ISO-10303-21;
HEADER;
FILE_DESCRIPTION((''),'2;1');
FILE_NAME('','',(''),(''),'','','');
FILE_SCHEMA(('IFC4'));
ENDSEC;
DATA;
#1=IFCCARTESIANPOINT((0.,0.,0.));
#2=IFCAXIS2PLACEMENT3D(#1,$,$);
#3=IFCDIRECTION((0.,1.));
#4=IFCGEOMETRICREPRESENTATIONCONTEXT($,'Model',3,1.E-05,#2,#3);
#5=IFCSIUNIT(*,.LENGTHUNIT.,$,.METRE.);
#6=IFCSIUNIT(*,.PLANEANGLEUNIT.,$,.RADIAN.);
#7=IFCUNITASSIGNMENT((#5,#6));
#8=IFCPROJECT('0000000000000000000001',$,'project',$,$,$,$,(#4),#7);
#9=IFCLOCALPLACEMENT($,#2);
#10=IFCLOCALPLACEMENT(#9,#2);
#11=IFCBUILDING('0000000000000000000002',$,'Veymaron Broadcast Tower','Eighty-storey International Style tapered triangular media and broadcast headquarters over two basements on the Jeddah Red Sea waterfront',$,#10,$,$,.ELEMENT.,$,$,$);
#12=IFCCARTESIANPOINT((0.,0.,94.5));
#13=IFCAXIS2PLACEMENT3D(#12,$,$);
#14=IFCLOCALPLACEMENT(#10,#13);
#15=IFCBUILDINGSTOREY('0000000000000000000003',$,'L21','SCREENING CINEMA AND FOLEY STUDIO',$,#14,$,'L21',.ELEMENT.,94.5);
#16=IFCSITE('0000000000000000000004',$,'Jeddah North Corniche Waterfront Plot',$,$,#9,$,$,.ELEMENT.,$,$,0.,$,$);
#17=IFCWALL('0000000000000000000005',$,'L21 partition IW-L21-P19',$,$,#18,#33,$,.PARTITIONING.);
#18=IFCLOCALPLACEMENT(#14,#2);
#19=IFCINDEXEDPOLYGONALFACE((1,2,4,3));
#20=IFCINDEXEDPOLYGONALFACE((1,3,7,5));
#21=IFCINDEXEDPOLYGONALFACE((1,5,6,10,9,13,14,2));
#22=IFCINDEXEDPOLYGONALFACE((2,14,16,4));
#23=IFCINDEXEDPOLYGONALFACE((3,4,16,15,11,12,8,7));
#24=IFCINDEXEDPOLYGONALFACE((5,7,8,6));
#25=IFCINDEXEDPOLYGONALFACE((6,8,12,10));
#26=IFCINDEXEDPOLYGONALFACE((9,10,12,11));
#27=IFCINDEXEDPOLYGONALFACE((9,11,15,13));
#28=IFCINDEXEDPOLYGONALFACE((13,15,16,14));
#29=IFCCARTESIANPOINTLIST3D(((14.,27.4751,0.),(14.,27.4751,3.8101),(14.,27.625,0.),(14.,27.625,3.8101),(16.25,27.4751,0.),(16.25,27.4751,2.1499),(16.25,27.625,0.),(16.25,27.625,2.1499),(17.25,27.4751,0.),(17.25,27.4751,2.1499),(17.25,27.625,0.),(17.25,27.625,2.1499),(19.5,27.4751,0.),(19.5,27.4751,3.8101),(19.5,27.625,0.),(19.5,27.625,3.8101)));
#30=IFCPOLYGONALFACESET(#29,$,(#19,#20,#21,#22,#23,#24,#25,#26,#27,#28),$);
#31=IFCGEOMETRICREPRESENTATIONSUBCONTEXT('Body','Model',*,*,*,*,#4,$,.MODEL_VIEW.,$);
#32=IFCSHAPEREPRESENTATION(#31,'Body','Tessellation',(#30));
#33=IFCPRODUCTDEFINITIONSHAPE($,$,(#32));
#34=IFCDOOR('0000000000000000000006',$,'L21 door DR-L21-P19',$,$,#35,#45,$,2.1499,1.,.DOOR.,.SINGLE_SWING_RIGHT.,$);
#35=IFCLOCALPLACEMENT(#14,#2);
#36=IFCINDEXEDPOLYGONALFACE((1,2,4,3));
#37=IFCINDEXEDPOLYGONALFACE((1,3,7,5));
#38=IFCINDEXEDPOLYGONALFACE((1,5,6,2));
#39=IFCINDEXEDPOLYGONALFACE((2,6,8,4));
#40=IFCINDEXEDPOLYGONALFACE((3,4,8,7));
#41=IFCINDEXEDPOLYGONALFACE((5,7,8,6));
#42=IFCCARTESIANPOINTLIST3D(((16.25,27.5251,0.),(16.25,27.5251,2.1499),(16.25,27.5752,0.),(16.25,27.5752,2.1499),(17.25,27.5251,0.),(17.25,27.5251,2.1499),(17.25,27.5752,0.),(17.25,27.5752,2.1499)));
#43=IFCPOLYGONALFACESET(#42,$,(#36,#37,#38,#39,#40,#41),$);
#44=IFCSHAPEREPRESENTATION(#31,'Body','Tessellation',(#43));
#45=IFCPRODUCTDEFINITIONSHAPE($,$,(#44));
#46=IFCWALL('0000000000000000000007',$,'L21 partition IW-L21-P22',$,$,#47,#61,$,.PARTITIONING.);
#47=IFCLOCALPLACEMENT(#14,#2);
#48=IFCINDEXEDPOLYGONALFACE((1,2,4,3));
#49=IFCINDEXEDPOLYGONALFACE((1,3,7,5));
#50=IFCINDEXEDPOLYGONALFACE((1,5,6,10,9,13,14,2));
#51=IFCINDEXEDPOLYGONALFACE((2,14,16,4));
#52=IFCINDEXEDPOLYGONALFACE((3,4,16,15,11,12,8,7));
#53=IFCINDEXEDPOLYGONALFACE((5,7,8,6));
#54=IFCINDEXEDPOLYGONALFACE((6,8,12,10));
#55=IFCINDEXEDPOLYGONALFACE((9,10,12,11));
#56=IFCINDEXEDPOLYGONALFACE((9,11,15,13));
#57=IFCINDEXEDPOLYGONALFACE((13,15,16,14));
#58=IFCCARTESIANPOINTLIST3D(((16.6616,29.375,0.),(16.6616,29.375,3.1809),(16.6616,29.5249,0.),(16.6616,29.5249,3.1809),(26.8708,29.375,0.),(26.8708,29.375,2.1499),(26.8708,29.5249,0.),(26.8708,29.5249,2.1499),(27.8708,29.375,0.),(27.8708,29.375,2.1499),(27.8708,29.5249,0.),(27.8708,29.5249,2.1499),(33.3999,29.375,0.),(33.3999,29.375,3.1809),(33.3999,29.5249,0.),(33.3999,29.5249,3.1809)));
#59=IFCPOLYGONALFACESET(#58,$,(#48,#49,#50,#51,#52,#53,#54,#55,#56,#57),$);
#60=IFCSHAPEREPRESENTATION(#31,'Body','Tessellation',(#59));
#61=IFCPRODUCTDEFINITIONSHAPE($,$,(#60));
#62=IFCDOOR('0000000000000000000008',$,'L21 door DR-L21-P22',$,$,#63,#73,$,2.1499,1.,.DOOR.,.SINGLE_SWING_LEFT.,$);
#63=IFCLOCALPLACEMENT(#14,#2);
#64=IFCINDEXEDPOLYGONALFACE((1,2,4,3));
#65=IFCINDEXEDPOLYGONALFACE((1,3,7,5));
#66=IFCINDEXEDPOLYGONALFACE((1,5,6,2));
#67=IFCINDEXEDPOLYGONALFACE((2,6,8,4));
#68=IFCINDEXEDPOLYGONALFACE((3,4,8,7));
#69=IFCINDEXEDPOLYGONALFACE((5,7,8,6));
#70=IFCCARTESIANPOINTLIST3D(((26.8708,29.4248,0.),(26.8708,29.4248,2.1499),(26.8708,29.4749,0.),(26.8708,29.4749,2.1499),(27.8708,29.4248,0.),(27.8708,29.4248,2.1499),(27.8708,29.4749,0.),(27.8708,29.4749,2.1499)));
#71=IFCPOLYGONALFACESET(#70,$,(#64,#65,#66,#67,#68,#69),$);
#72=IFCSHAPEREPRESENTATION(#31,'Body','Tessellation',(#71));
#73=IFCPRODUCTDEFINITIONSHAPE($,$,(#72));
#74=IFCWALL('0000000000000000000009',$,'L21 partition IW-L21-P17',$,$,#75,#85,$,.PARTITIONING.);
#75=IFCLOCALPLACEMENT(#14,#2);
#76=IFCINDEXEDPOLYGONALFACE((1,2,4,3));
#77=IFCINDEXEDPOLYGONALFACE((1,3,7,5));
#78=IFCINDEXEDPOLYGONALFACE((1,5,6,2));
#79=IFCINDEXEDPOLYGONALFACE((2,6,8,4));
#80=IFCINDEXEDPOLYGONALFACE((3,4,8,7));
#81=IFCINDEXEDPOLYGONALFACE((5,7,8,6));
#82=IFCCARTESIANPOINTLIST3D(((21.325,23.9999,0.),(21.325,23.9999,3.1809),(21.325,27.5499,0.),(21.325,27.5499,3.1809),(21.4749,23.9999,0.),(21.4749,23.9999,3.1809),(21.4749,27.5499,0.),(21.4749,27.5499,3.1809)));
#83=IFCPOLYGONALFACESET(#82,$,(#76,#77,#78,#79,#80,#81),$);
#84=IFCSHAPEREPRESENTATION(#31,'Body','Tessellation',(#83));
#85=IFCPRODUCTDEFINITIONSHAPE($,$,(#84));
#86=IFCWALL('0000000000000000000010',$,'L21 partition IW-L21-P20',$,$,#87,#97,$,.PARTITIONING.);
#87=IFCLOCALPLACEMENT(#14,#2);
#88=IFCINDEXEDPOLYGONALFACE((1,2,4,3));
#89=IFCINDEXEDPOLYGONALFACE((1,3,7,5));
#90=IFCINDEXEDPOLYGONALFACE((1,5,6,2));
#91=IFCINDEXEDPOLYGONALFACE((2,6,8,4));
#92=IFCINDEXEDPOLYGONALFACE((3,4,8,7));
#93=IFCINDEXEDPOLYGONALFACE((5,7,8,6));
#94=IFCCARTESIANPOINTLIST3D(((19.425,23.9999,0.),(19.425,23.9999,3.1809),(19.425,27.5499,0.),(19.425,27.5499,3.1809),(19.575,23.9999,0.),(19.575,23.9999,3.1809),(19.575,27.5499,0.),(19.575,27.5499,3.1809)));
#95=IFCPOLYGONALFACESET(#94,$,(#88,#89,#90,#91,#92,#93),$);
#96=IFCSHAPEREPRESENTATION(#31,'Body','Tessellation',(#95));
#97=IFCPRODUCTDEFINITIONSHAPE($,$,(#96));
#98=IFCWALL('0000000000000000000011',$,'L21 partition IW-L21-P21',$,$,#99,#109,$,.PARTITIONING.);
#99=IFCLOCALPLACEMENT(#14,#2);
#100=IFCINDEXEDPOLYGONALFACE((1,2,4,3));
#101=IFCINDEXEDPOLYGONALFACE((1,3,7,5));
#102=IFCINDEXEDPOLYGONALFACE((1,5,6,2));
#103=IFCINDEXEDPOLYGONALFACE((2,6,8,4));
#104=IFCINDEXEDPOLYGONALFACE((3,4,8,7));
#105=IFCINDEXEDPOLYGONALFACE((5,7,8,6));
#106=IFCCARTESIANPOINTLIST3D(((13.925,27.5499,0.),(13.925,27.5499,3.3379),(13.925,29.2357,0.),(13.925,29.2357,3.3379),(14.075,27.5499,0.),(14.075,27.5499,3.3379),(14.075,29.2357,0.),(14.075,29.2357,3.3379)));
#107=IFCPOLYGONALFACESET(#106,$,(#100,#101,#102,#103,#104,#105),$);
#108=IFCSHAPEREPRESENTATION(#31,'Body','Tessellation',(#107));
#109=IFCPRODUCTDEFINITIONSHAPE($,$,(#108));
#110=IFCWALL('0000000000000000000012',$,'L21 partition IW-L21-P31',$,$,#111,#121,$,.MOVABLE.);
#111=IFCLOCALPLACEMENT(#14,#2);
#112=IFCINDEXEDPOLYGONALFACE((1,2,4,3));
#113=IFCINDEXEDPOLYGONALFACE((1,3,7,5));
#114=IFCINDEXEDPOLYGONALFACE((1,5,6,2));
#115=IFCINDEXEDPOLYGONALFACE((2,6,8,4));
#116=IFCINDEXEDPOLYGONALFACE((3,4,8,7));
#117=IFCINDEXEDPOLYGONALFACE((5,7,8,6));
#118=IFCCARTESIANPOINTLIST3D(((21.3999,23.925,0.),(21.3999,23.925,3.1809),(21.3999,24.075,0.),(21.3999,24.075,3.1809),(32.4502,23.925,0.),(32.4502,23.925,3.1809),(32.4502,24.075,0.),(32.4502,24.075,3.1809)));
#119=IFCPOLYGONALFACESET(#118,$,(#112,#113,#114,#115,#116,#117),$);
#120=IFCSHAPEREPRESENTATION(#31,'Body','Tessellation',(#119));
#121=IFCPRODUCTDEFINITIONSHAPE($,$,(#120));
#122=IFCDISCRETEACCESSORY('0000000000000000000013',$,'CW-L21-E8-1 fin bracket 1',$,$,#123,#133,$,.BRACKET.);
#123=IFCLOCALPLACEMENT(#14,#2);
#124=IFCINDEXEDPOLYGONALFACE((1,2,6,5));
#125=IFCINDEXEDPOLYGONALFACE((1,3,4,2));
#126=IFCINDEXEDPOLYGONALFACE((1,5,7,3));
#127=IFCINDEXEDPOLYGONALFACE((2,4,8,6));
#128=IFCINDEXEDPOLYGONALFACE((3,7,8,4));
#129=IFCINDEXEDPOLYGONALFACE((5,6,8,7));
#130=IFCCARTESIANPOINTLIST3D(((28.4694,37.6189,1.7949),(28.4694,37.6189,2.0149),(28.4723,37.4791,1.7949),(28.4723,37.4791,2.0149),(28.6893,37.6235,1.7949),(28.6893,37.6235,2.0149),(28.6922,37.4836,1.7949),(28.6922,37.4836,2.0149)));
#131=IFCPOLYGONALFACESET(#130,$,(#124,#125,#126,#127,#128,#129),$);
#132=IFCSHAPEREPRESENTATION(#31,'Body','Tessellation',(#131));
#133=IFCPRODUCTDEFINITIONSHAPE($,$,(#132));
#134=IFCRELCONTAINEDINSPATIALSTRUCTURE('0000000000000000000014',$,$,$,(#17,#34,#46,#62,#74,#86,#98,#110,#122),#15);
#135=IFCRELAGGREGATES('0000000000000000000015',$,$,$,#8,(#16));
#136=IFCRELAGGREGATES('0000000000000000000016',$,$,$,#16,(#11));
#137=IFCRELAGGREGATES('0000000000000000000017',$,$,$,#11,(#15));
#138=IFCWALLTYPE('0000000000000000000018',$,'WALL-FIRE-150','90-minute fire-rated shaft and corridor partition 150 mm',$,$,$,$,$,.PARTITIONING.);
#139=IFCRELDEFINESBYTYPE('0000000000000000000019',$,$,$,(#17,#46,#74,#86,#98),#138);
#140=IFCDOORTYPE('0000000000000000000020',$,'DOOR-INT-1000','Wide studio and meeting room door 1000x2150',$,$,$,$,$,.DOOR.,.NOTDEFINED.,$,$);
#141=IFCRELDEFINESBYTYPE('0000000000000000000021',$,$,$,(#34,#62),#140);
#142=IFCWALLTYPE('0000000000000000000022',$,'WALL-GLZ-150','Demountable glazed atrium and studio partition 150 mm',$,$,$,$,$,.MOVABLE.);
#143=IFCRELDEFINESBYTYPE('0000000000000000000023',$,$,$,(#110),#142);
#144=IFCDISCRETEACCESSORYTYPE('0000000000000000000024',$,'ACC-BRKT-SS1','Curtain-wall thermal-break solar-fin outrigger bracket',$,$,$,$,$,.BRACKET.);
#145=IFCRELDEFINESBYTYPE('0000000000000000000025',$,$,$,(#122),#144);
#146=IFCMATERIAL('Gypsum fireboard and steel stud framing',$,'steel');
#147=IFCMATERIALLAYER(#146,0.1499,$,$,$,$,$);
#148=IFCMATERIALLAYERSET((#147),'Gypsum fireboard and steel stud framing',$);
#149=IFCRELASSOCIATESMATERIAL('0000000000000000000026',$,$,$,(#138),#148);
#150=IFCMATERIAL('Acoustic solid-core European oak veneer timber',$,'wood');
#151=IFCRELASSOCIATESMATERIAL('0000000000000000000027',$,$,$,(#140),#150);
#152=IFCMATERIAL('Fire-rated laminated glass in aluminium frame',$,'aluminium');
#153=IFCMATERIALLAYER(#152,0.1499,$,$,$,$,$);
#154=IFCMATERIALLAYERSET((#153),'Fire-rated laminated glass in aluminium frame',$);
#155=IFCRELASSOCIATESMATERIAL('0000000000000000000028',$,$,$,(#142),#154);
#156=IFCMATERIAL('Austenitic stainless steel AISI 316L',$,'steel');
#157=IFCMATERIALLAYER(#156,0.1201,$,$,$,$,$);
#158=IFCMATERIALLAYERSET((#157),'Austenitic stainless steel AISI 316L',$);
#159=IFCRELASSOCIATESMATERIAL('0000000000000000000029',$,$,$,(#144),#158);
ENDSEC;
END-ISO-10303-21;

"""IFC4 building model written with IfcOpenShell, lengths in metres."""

from ifc_helpers import new_model, si_unit, direction, frame, frame_2d, origin, origin_2d, place, context, subcontext, project, spatial, rectangle, extrude, material, layer, layer_set, type_object, element, fill, save


model = new_model("IFC4")

# Units and contexts
model_context = context("Model", 3, precision=1e-05, world=origin(), true_north=direction((0.0, 1.0)))
body_context = subcontext(model_context, "Body", "Model", "MODEL_VIEW")
ifc_project = project(units=[si_unit("LENGTHUNIT", "METRE"), si_unit("PLANEANGLEUNIT", "RADIAN")], contexts=[model_context])

# Site, building, storey
site_placement = place(None, origin())
site = spatial("IfcSite", under=ifc_project, at=site_placement, Name="Jeddah North Corniche Waterfront Plot", CompositionType="ELEMENT", RefElevation=0.0)
building_placement = place(site_placement, origin())
building = spatial("IfcBuilding", under=site, at=building_placement, Name="Veymaron Broadcast Tower", Description="Eighty-storey International Style tapered triangular media and broadcast headquarters over two basements on the Jeddah Red Sea waterfront", CompositionType="ELEMENT")
storey_placement = place(building_placement, frame((0.0, 0.0, 94.5)))
storey = spatial("IfcBuildingStorey", under=building, at=storey_placement, Name="L21", Description="SCREENING CINEMA AND FOLEY STUDIO", LongName="L21", CompositionType="ELEMENT", Elevation=94.5)

# Walls, openings, doors
ifc_material_1 = material(Name="Gypsum fireboard and steel stud framing", Category="steel")
ifc_layer_1 = layer(ifc_material_1, 0.1499)
ifc_layer_set_1 = layer_set([ifc_layer_1], Name="Gypsum fireboard and steel stud framing")
wall_type_1 = type_object("IfcWallType", Name="WALL-FIRE-150", Description="90-minute fire-rated shaft and corridor partition 150 mm", PredefinedType="PARTITIONING", material=ifc_layer_set_1)
ifc_material_2 = material(Name="Acoustic solid-core European oak veneer timber", Category="wood")
door_type = type_object("IfcDoorType", Name="DOOR-INT-1000", Description="Wide studio and meeting room door 1000x2150", OperationType="NOTDEFINED", PredefinedType="DOOR", material=ifc_material_2)
wall_1_placement = place(storey_placement, frame((14.0, 27.55, 0.0), z_axis=(0.0, 0.0, 1.0), x_axis=(1.0, 0.0, 0.0)))
wall_1 = element("IfcWall", 1, at=wall_1_placement, inside=storey, type_object=wall_type_1, Name="L21 partition IW-L21-P19", PredefinedType="PARTITIONING", context=body_context, shape_type="SweptSolid", body=[
    extrude(rectangle(XDim=5.5, YDim=0.1499, at=frame_2d((2.75, 0.0))), origin(), (0.0, 0.0, 1.0), 3.8101),
])
opening_1_placement = place(wall_1_placement, frame((2.25, 0.0, 0.0)))
opening_1 = element("IfcOpeningElement", 2, at=opening_1_placement, cuts=wall_1, PredefinedType="OPENING", context=body_context, shape_type="SweptSolid", body=[
    extrude(rectangle(XDim=1.0, YDim=2.1499, at=frame_2d((0.5, 1.075))), frame((0.0, 0.085, 0.0), z_axis=(0.0, -1.0, 0.0), x_axis=(1.0, 0.0, 0.0)), (0.0, 0.0, 1.0), 0.1699),
])
door_1_placement = place(opening_1_placement, frame((1.0, 0.0, 0.0), z_axis=(0.0, 0.0, 1.0), x_axis=(-1.0, 0.0, 0.0)))
door_1 = element("IfcDoor", 3, at=door_1_placement, inside=storey, type_object=door_type, Name="L21 door DR-L21-P19", OperationType="SINGLE_SWING_RIGHT", OverallHeight=2.1499, OverallWidth=1.0, PredefinedType="DOOR", context=body_context, shape_type="SweptSolid", body=[
    extrude(rectangle(XDim=1.0, YDim=2.1499, at=frame_2d((0.5, 1.075))), frame((0.0, 0.0249, 0.0), z_axis=(0.0, -1.0, 0.0), x_axis=(1.0, 0.0, 0.0)), (0.0, 0.0, 1.0), 0.05),
])
fill(opening_1, door_1)
wall_2_placement = place(storey_placement, frame((16.6616, 29.45, 0.0), z_axis=(0.0, 0.0, 1.0), x_axis=(1.0, 0.0, 0.0)))
wall_2 = element("IfcWall", 4, at=wall_2_placement, inside=storey, type_object=wall_type_1, Name="L21 partition IW-L21-P22", PredefinedType="PARTITIONING", context=body_context, shape_type="SweptSolid", body=[
    extrude(rectangle(XDim=16.7383, YDim=0.1499, at=frame_2d((8.3691, 0.0))), origin(), (0.0, 0.0, 1.0), 3.1809),
])
opening_2_placement = place(wall_2_placement, frame((10.2092, 0.0, 0.0)))
opening_2 = element("IfcOpeningElement", 5, at=opening_2_placement, cuts=wall_2, PredefinedType="OPENING", context=body_context, shape_type="SweptSolid", body=[
    extrude(rectangle(XDim=1.0, YDim=2.1499, at=frame_2d((0.5, 1.075))), frame((0.0, 0.085, 0.0), z_axis=(0.0, -1.0, 0.0), x_axis=(1.0, 0.0, 0.0)), (0.0, 0.0, 1.0), 0.1699),
])
door_2_placement = place(opening_2_placement, origin())
door_2 = element("IfcDoor", 6, at=door_2_placement, inside=storey, type_object=door_type, Name="L21 door DR-L21-P22", OperationType="SINGLE_SWING_LEFT", OverallHeight=2.1499, OverallWidth=1.0, PredefinedType="DOOR", context=body_context, shape_type="SweptSolid", body=[
    extrude(rectangle(XDim=1.0, YDim=2.1499, at=frame_2d((0.5, 1.075))), frame((0.0, 0.0249, 0.0), z_axis=(0.0, -1.0, 0.0), x_axis=(1.0, 0.0, 0.0)), (0.0, 0.0, 1.0), 0.05),
])
fill(opening_2, door_2)

# Walls
for number, where, z_axis, x_axis, name in (
    (7, (21.3999, 24.0, 0.0), (0.0, 0.0, 1.0), (0.0, 1.0, 0.0), "L21 partition IW-L21-P17"),
    (8, (19.5, 24.0, 0.0), (0.0, 0.0, 1.0), (0.0, 1.0, 0.0), "L21 partition IW-L21-P20"),
):
    element("IfcWall", number, at=place(storey_placement, frame(where, z_axis=z_axis, x_axis=x_axis)), inside=storey, type_object=wall_type_1, Name=name, PredefinedType="PARTITIONING", context=body_context, shape_type="SweptSolid", body=[
        extrude(rectangle(XDim=3.55, YDim=0.1499, at=frame_2d((1.7749, 0.0))), origin(), (0.0, 0.0, 1.0), 3.1809),
    ])
wall_3_placement = place(storey_placement, frame((14.0, 27.55, 0.0), z_axis=(0.0, 0.0, 1.0), x_axis=(0.0, 1.0, 0.0)))
element("IfcWall", 9, at=wall_3_placement, inside=storey, type_object=wall_type_1, Name="L21 partition IW-L21-P21", PredefinedType="PARTITIONING", context=body_context, shape_type="SweptSolid", body=[
    extrude(rectangle(XDim=1.6858, YDim=0.1499, at=frame_2d((0.8428, 0.0))), origin(), (0.0, 0.0, 1.0), 3.3379),
])
ifc_material_3 = material(Name="Fire-rated laminated glass in aluminium frame", Category="aluminium")
ifc_layer_2 = layer(ifc_material_3, 0.1499)
ifc_layer_set_2 = layer_set([ifc_layer_2], Name="Fire-rated laminated glass in aluminium frame")
wall_type_2 = type_object("IfcWallType", Name="WALL-GLZ-150", Description="Demountable glazed atrium and studio partition 150 mm", PredefinedType="MOVABLE", material=ifc_layer_set_2)
wall_4_placement = place(storey_placement, frame((21.3999, 24.0, 0.0), z_axis=(0.0, 0.0, 1.0), x_axis=(1.0, 0.0, 0.0)))
element("IfcWall", 10, at=wall_4_placement, inside=storey, type_object=wall_type_2, Name="L21 partition IW-L21-P31", PredefinedType="MOVABLE", context=body_context, shape_type="SweptSolid", body=[
    extrude(rectangle(XDim=11.0503, YDim=0.1499, at=frame_2d((5.5251, 0.0))), origin(), (0.0, 0.0, 1.0), 3.1809),
])

# Discrete accessory
ifc_material_4 = material(Name="Austenitic stainless steel AISI 316L", Category="steel")
ifc_layer_3 = layer(ifc_material_4, 0.1201)
ifc_layer_set_3 = layer_set([ifc_layer_3], Name="Austenitic stainless steel AISI 316L")
discrete_accessory_type = type_object("IfcDiscreteAccessoryType", Name="ACC-BRKT-SS1", Description="Curtain-wall thermal-break solar-fin outrigger bracket", PredefinedType="BRACKET", material=ifc_layer_set_3)
discrete_accessory_placement = place(storey_placement, frame((28.5808, 37.5513, 1.7949), z_axis=(0.0, 0.0, 1.0), x_axis=(-0.999786, -0.020681, 0.0)))
element("IfcDiscreteAccessory", 11, at=discrete_accessory_placement, inside=storey, type_object=discrete_accessory_type, Name="CW-L21-E8-1 fin bracket 1", PredefinedType="BRACKET", context=body_context, shape_type="SweptSolid", body=[
    extrude(rectangle(XDim=0.22, YDim=0.1399, at=origin_2d()), origin(), (0.0, 0.0, 1.0), 0.22),
])

save(model, "model.ifc")
